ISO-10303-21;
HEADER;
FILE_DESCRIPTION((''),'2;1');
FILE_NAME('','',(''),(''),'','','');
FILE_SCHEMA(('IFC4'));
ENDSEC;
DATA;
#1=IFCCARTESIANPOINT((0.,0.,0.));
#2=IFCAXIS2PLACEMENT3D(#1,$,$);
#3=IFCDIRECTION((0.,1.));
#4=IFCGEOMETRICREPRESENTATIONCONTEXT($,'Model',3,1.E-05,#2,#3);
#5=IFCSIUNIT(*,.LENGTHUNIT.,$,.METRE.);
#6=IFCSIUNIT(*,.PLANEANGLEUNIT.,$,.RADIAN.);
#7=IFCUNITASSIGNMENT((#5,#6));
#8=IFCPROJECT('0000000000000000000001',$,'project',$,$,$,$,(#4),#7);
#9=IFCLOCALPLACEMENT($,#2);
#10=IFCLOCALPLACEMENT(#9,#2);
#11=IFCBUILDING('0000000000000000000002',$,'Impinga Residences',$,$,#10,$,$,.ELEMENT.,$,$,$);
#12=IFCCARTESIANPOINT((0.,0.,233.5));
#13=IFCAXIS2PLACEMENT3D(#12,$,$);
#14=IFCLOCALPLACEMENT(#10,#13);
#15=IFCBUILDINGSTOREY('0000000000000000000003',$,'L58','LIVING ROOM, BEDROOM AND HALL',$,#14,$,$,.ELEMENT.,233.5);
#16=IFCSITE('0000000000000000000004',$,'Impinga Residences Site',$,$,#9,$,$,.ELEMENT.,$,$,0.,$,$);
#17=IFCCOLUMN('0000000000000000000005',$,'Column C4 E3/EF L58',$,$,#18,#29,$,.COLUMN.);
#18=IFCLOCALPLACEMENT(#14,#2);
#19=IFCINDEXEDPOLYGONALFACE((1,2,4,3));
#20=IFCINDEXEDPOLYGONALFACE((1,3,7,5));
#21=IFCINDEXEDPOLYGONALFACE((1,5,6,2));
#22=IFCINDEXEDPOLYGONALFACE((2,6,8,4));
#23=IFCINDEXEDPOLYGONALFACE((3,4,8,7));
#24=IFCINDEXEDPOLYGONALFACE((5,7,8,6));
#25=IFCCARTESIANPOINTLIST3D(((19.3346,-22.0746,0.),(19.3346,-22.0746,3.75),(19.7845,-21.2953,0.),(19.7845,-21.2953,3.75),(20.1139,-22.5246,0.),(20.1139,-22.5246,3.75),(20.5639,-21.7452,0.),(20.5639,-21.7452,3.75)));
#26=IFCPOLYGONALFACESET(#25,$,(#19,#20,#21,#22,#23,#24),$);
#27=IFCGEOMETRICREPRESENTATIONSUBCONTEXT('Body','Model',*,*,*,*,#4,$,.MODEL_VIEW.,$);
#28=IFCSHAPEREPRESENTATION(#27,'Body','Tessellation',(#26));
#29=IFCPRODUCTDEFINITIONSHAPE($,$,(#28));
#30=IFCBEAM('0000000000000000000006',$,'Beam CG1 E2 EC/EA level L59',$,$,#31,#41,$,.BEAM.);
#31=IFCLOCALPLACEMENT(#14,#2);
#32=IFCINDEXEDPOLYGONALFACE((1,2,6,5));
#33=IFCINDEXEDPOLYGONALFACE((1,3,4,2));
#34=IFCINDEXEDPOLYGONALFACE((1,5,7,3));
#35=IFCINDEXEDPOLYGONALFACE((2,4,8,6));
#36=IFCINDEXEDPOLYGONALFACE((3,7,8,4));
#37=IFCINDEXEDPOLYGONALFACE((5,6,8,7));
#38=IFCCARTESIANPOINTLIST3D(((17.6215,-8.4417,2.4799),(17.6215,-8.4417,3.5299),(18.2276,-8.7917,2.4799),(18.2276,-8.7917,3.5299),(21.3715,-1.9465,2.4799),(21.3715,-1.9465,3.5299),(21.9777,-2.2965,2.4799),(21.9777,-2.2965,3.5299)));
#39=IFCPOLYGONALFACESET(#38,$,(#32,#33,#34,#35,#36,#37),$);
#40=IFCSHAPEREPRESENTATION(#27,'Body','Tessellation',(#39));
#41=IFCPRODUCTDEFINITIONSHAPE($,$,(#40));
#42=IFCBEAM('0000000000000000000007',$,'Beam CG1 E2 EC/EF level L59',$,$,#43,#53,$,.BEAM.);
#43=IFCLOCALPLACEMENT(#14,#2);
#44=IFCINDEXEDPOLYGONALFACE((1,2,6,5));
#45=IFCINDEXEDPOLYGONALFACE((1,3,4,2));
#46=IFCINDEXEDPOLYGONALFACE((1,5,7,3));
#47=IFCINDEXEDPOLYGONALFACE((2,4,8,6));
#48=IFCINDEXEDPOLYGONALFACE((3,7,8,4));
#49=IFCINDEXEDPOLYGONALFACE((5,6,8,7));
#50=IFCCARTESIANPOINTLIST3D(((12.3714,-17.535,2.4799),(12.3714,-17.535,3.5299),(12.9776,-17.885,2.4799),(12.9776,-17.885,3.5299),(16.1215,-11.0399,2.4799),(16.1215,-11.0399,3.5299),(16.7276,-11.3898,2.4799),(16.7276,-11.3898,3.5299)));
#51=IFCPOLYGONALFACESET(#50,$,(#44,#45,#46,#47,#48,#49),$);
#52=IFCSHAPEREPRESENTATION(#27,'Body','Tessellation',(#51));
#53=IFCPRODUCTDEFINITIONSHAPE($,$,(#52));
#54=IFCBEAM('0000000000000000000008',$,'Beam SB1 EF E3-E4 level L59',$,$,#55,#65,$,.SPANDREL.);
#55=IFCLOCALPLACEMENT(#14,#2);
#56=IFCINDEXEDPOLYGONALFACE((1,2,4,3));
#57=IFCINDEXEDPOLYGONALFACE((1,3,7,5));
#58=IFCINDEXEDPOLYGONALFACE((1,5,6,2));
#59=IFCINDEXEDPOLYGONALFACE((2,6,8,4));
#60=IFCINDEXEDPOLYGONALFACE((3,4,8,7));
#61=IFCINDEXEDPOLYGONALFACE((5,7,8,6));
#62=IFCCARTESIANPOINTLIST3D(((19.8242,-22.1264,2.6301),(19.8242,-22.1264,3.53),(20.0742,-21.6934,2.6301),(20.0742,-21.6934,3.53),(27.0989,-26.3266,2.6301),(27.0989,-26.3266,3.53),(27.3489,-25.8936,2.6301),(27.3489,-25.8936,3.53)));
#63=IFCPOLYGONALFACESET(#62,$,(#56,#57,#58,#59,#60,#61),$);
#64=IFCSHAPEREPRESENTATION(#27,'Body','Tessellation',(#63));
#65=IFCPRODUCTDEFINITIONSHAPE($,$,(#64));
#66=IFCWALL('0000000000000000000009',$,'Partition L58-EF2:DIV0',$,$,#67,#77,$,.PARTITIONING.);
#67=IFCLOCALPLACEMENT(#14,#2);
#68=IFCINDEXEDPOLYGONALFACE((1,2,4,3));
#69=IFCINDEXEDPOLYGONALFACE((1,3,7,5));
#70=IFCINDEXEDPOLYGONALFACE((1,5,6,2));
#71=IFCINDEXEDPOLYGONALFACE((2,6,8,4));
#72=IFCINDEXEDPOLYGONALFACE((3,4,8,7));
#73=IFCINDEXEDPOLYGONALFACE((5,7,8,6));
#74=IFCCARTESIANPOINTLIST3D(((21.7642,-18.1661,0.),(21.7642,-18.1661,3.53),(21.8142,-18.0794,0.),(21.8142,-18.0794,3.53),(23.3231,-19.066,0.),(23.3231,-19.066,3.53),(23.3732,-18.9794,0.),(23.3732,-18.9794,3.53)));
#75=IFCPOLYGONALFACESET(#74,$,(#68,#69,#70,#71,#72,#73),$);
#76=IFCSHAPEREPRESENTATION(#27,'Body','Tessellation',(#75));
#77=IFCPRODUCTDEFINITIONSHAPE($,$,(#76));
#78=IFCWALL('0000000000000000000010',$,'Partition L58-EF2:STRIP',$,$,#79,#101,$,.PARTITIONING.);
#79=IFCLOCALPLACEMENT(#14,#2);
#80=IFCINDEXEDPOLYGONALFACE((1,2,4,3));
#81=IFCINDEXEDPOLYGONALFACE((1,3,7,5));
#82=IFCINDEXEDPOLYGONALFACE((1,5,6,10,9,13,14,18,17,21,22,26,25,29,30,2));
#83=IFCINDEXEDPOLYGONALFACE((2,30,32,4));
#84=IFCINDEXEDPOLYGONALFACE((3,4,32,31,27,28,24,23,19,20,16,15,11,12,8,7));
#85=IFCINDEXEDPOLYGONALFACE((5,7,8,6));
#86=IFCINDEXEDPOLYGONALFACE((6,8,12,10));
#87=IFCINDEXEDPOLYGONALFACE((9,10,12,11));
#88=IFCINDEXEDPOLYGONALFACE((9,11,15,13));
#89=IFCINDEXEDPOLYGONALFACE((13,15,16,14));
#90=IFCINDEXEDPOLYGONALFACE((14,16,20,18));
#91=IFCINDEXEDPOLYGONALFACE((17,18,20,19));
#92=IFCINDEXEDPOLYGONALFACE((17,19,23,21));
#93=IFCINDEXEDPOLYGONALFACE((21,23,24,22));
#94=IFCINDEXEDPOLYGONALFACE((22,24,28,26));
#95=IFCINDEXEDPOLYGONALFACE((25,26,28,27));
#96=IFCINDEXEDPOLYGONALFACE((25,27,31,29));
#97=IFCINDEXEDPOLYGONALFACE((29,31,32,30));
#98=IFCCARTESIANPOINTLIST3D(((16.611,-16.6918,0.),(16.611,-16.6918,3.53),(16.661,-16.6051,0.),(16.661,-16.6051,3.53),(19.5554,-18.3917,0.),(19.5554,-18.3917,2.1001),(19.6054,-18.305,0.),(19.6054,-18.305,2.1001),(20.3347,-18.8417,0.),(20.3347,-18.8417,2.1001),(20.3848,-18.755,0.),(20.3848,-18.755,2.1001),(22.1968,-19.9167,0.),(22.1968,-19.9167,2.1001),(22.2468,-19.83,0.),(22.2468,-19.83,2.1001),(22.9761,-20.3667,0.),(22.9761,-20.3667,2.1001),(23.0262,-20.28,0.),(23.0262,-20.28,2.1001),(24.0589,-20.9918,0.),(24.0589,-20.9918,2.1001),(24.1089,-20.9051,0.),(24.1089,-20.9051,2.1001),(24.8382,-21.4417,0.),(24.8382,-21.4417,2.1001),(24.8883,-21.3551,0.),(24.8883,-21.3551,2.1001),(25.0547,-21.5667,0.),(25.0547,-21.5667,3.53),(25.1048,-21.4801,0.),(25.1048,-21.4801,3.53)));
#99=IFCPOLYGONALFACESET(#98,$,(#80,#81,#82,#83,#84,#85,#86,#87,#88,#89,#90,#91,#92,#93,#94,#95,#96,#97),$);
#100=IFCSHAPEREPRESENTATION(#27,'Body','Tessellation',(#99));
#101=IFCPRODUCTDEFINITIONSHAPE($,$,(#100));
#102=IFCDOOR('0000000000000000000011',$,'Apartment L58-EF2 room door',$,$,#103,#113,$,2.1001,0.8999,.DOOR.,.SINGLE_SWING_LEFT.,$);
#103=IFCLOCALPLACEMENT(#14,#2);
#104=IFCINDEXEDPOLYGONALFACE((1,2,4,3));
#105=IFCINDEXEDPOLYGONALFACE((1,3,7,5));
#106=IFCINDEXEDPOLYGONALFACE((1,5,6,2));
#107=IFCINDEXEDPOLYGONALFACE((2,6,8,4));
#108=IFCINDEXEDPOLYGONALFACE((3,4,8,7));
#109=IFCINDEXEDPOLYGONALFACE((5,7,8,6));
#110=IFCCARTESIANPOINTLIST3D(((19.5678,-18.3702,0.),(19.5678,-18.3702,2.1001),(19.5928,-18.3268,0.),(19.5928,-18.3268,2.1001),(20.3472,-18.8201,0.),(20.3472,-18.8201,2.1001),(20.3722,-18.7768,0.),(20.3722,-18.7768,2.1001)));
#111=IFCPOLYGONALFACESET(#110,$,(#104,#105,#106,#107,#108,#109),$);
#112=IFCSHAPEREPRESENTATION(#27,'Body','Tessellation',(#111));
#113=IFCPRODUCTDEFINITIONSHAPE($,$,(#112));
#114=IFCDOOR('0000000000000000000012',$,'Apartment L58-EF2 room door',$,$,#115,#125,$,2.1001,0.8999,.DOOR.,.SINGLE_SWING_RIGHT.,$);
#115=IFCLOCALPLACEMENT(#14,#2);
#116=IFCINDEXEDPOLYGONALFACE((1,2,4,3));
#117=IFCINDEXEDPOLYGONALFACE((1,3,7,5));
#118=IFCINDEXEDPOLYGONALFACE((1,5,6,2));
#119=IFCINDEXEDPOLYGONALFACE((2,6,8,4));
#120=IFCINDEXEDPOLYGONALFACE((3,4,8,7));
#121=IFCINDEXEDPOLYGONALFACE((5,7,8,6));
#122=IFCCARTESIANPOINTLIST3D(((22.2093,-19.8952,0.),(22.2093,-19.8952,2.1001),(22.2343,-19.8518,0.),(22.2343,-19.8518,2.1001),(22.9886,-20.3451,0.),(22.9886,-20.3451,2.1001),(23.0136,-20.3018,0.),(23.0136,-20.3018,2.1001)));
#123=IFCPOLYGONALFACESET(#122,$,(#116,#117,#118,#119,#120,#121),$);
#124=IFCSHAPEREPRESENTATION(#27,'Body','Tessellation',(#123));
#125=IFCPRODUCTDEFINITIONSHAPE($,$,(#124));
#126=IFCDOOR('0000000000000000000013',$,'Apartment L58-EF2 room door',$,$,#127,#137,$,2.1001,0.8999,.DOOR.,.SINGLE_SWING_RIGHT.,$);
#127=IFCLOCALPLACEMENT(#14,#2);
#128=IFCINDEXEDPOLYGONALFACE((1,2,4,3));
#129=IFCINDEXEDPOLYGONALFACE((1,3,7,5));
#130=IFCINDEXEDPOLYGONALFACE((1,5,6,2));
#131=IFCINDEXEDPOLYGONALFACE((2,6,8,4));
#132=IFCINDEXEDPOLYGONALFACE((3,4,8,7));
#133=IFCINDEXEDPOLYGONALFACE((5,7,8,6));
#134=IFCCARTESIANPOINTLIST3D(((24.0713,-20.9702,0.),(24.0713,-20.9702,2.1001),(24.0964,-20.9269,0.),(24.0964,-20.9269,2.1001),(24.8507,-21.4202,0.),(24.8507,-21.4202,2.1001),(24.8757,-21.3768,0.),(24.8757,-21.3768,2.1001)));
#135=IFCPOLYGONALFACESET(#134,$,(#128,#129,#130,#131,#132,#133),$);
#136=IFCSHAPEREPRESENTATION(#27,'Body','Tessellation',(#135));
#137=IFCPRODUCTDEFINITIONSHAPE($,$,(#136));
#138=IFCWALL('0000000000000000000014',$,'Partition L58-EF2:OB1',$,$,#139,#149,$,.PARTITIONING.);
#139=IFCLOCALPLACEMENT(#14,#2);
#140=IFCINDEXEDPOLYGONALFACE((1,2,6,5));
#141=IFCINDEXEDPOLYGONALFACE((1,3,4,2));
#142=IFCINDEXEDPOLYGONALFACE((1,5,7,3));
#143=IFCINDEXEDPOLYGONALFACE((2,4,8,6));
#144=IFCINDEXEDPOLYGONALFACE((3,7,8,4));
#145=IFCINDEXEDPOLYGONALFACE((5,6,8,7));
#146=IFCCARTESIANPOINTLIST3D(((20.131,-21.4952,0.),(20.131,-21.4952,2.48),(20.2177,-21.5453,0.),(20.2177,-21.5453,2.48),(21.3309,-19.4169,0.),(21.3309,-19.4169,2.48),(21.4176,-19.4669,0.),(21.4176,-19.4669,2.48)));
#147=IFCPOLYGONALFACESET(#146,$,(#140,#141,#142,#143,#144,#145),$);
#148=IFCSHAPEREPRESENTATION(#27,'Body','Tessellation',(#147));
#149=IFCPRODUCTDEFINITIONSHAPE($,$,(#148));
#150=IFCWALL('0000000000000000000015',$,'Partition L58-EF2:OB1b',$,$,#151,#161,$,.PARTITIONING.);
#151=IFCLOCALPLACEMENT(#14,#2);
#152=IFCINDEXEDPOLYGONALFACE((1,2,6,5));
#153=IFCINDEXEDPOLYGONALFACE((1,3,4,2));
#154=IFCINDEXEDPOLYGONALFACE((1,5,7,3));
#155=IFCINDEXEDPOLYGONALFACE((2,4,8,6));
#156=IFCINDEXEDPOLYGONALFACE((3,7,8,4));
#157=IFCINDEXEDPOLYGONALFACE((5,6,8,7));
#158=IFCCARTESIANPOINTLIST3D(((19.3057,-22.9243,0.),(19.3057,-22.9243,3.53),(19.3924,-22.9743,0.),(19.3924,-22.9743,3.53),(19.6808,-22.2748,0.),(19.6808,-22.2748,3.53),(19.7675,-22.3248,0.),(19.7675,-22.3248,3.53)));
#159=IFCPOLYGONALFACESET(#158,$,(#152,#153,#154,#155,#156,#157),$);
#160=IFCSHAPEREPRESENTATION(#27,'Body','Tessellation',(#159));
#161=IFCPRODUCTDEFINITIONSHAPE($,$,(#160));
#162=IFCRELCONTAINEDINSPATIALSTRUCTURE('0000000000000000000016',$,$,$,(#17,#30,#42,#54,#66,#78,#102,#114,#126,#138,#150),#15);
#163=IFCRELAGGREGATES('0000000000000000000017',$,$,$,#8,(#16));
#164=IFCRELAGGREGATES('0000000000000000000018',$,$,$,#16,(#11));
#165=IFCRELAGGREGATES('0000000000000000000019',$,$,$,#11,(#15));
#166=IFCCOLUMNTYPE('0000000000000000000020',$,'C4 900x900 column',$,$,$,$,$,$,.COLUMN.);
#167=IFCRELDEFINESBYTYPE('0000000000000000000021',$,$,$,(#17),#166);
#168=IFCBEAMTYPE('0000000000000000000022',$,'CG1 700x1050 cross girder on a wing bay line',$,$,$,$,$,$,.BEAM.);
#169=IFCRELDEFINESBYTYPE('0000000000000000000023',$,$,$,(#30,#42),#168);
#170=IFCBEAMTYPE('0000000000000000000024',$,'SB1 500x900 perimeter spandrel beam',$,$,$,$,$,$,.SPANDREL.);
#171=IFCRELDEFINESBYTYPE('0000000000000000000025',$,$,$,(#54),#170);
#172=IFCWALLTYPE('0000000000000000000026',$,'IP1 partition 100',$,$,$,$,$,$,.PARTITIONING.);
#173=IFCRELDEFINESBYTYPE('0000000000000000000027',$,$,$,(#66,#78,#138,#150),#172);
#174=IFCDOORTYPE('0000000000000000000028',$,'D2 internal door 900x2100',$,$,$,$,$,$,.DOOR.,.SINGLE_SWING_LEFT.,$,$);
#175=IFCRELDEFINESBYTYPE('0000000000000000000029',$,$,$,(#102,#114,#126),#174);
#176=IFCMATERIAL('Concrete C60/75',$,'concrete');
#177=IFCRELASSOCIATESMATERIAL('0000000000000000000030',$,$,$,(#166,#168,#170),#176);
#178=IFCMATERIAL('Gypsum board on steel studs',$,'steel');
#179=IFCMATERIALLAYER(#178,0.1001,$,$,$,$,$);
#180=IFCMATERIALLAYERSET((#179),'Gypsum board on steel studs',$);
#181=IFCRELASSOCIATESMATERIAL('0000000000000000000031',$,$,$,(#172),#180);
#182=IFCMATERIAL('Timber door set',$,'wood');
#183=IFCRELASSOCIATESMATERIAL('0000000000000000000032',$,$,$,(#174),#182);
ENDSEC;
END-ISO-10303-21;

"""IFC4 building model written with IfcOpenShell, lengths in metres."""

from ifc_helpers import new_model, si_unit, direction, frame, frame_2d, origin, origin_2d, place, context, subcontext, project, spatial, rectangle, extrude, material, layer, layer_set, material_profile, profile_set, type_object, element, fill, save


model = new_model("IFC4")

# Units and contexts
model_context = context("Model", 3, precision=1e-05, world=origin(), true_north=direction((0.0, 1.0)))
body_context = subcontext(model_context, "Body", "Model", "MODEL_VIEW")
ifc_project = project(units=[si_unit("LENGTHUNIT", "METRE"), si_unit("PLANEANGLEUNIT", "RADIAN")], contexts=[model_context])

# Site, building, storey
site_placement = place(None, origin())
site = spatial("IfcSite", under=ifc_project, at=site_placement, Name="Impinga Residences Site", CompositionType="ELEMENT", RefElevation=0.0)
building_placement = place(site_placement, origin())
building = spatial("IfcBuilding", under=site, at=building_placement, Name="Impinga Residences", CompositionType="ELEMENT")
storey_placement = place(building_placement, frame((0.0, 0.0, 233.5)))
storey = spatial("IfcBuildingStorey", under=building, at=storey_placement, Name="L58", Description="LIVING ROOM, BEDROOM AND HALL", CompositionType="ELEMENT", Elevation=233.5)

# Column
ifc_material_1 = material(Name="Concrete C60/75", Category="concrete")
ifc_material_profile_1 = material_profile(ifc_material_1, rectangle(XDim=0.8999, YDim=0.8999, at=origin_2d()), Name="RC 900x900")
ifc_profile_set_1 = profile_set([ifc_material_profile_1], Name="Concrete C60/75")
column_type = type_object("IfcColumnType", Name="C4 900x900 column", PredefinedType="COLUMN", material=ifc_profile_set_1)
column_placement = place(storey_placement, frame((19.9492, -21.9099, 0.0), z_axis=(0.0, 0.0, 1.0), x_axis=(-0.5, -0.866025, 0.0)))
element("IfcColumn", 1, at=column_placement, inside=storey, type_object=column_type, Name="Column C4 E3/EF L58", PredefinedType="COLUMN", context=body_context, shape_type="SweptSolid", body=[
    extrude(rectangle(XDim=0.8999, YDim=0.8999, at=origin_2d()), origin(), (0.0, 0.0, 1.0), 3.75),
])

# Beams
ifc_material_profile_2 = material_profile(ifc_material_1, rectangle(XDim=0.7, YDim=1.05, at=origin_2d()), Name="RC 700x1050")
ifc_profile_set_2 = profile_set([ifc_material_profile_2], Name="Concrete C60/75")
beam_type_1 = type_object("IfcBeamType", Name="CG1 700x1050 cross girder on a wing bay line", PredefinedType="BEAM", material=ifc_profile_set_2)
for number, where, z_axis, x_axis, name in (
    (2, (17.9246, -8.6167, 3.0049), (0.500004, 0.866023, 0.0), (-0.866023, 0.500004, 0.0), "Beam CG1 E2 EC/EA level L59"),
    (3, (16.4246, -11.2148, 3.0049), (-0.500004, -0.866023, 0.0), (0.866023, -0.500004, 0.0), "Beam CG1 E2 EC/EF level L59"),
):
    element("IfcBeam", number, at=place(storey_placement, frame(where, z_axis=z_axis, x_axis=x_axis)), inside=storey, type_object=beam_type_1, Name=name, PredefinedType="BEAM", context=body_context, shape_type="SweptSolid", body=[
        extrude(rectangle(XDim=0.7, YDim=1.05, at=origin_2d()), origin(), (0.0, 0.0, 1.0), 7.5),
    ])
ifc_material_profile_3 = material_profile(ifc_material_1, rectangle(XDim=0.5, YDim=0.8999, at=origin_2d()), Name="RC 500x900")
ifc_profile_set_3 = profile_set([ifc_material_profile_3], Name="Concrete C60/75")
beam_type_2 = type_object("IfcBeamType", Name="SB1 500x900 perimeter spandrel beam", PredefinedType="SPANDREL", material=ifc_profile_set_3)
beam_placement = place(storey_placement, frame((19.9492, -21.9099, 3.0801), z_axis=(0.866017, -0.500015, 0.0), x_axis=(0.500015, 0.866017, 0.0)))
element("IfcBeam", 4, at=beam_placement, inside=storey, type_object=beam_type_2, Name="Beam SB1 EF E3-E4 level L59", PredefinedType="SPANDREL", context=body_context, shape_type="SweptSolid", body=[
    extrude(rectangle(XDim=0.5, YDim=0.8999, at=origin_2d()), origin(), (0.0, 0.0, 1.0), 8.4001),
])

# Wall
ifc_material_2 = material(Name="Gypsum board on steel studs", Category="steel")
ifc_layer_1 = layer(ifc_material_2, 0.1001)
ifc_layer_set_1 = layer_set([ifc_layer_1], Name="Gypsum board on steel studs")
wall_type_1 = type_object("IfcWallType", Name="IP1 partition 100", PredefinedType="PARTITIONING", material=ifc_layer_set_1)
wall_1_placement = place(storey_placement, frame((21.7893, -18.1228, 0.0), z_axis=(0.0, 0.0, 1.0), x_axis=(0.866048, -0.499961, 0.0)))
element("IfcWall", 5, at=wall_1_placement, inside=storey, type_object=wall_type_1, Name="Partition L58-EF2:DIV0", PredefinedType="PARTITIONING", context=body_context, shape_type="SweptSolid", body=[
    extrude(rectangle(XDim=1.8, YDim=0.1001, at=frame_2d((0.8999, 0.0))), origin(), (0.0, 0.0, 1.0), 3.53),
])

# Wall, openings, doors
wall_2_placement = place(storey_placement, frame((16.636, -16.6484, 0.0), z_axis=(0.0, 0.0, 1.0), x_axis=(0.866028, -0.499996, 0.0)))
wall_2 = element("IfcWall", 6, at=wall_2_placement, inside=storey, type_object=wall_type_1, Name="Partition L58-EF2:STRIP", PredefinedType="PARTITIONING", context=body_context, shape_type="SweptSolid", body=[
    extrude(rectangle(XDim=9.75, YDim=0.1001, at=frame_2d((4.875, 0.0))), origin(), (0.0, 0.0, 1.0), 3.53),
])
opening_1_placement = place(wall_2_placement, frame((3.3999, 0.0, 0.0)))
opening_1 = element("IfcOpeningElement", 7, at=opening_1_placement, cuts=wall_2, PredefinedType="OPENING", context=body_context, shape_type="SweptSolid", body=[
    extrude(rectangle(XDim=0.8999, YDim=2.1001, at=frame_2d((0.45, 1.05))), frame((0.0, 0.0601, 0.0), z_axis=(0.0, -1.0, 0.0), x_axis=(1.0, 0.0, 0.0)), (0.0, 0.0, 1.0), 0.1201),
])
opening_2_placement = place(wall_2_placement, frame((6.45, 0.0, 0.0)))
opening_2 = element("IfcOpeningElement", 8, at=opening_2_placement, cuts=wall_2, PredefinedType="OPENING", context=body_context, shape_type="SweptSolid", body=[
    extrude(rectangle(XDim=0.8999, YDim=2.1001, at=frame_2d((0.45, 1.05))), frame((0.0, 0.0601, 0.0), z_axis=(0.0, -1.0, 0.0), x_axis=(1.0, 0.0, 0.0)), (0.0, 0.0, 1.0), 0.1201),
])
opening_3_placement = place(wall_2_placement, frame((8.6001, 0.0, 0.0)))
opening_3 = element("IfcOpeningElement", 9, at=opening_3_placement, cuts=wall_2, PredefinedType="OPENING", context=body_context, shape_type="SweptSolid", body=[
    extrude(rectangle(XDim=0.8999, YDim=2.1001, at=frame_2d((0.45, 1.05))), frame((0.0, 0.0601, 0.0), z_axis=(0.0, -1.0, 0.0), x_axis=(1.0, 0.0, 0.0)), (0.0, 0.0, 1.0), 0.1201),
])
ifc_material_3 = material(Name="Timber door set", Category="wood")
door_type = type_object("IfcDoorType", Name="D2 internal door 900x2100", OperationType="SINGLE_SWING_LEFT", PredefinedType="DOOR", material=ifc_material_3)
door_1_placement = place(opening_1_placement, origin())
door_1 = element("IfcDoor", 10, at=door_1_placement, inside=storey, type_object=door_type, Name="Apartment L58-EF2 room door", OperationType="SINGLE_SWING_LEFT", OverallHeight=2.1001, OverallWidth=0.8999, PredefinedType="DOOR", context=body_context, shape_type="SweptSolid", body=[
    extrude(rectangle(XDim=0.8999, YDim=2.1001, at=frame_2d((0.45, 1.05))), frame((0.0, 0.0249, 0.0), z_axis=(0.0, -1.0, 0.0), x_axis=(1.0, 0.0, 0.0)), (0.0, 0.0, 1.0), 0.05),
])
fill(opening_1, door_1)
door_2_placement = place(opening_2_placement, origin())
door_2 = element("IfcDoor", 11, at=door_2_placement, inside=storey, type_object=door_type, Name="Apartment L58-EF2 room door", OperationType="SINGLE_SWING_RIGHT", OverallHeight=2.1001, OverallWidth=0.8999, PredefinedType="DOOR", context=body_context, shape_type="SweptSolid", body=[
    extrude(rectangle(XDim=0.8999, YDim=2.1001, at=frame_2d((0.45, 1.05))), frame((0.0, 0.0249, 0.0), z_axis=(0.0, -1.0, 0.0), x_axis=(1.0, 0.0, 0.0)), (0.0, 0.0, 1.0), 0.05),
])
fill(opening_2, door_2)
door_3_placement = place(opening_3_placement, origin())
door_3 = element("IfcDoor", 12, at=door_3_placement, inside=storey, type_object=door_type, Name="Apartment L58-EF2 room door", OperationType="SINGLE_SWING_RIGHT", OverallHeight=2.1001, OverallWidth=0.8999, PredefinedType="DOOR", context=body_context, shape_type="SweptSolid", body=[
    extrude(rectangle(XDim=0.8999, YDim=2.1001, at=frame_2d((0.45, 1.05))), frame((0.0, 0.0249, 0.0), z_axis=(0.0, -1.0, 0.0), x_axis=(1.0, 0.0, 0.0)), (0.0, 0.0, 1.0), 0.05),
])
fill(opening_3, door_3)

# Walls
wall_3_placement = place(storey_placement, frame((21.3743, -19.4419, 0.0), z_axis=(0.0, 0.0, 1.0), x_axis=(-0.500001, -0.866025, 0.0)))
element("IfcWall", 13, at=wall_3_placement, inside=storey, type_object=wall_type_1, Name="Partition L58-EF2:OB1", PredefinedType="PARTITIONING", context=body_context, shape_type="SweptSolid", body=[
    extrude(rectangle(XDim=2.3999, YDim=0.1001, at=frame_2d((1.2, 0.0))), origin(), (0.0, 0.0, 1.0), 2.48),
])
wall_4_placement = place(storey_placement, frame((19.7241, -22.2998, 0.0), z_axis=(0.0, 0.0, 1.0), x_axis=(-0.500061, -0.86599, 0.0)))
element("IfcWall", 14, at=wall_4_placement, inside=storey, type_object=wall_type_1, Name="Partition L58-EF2:OB1b", PredefinedType="PARTITIONING", context=body_context, shape_type="SweptSolid", body=[
    extrude(rectangle(XDim=0.75, YDim=0.1001, at=frame_2d((0.375, 0.0))), origin(), (0.0, 0.0, 1.0), 3.53),
])

save(model, "model.ifc")
